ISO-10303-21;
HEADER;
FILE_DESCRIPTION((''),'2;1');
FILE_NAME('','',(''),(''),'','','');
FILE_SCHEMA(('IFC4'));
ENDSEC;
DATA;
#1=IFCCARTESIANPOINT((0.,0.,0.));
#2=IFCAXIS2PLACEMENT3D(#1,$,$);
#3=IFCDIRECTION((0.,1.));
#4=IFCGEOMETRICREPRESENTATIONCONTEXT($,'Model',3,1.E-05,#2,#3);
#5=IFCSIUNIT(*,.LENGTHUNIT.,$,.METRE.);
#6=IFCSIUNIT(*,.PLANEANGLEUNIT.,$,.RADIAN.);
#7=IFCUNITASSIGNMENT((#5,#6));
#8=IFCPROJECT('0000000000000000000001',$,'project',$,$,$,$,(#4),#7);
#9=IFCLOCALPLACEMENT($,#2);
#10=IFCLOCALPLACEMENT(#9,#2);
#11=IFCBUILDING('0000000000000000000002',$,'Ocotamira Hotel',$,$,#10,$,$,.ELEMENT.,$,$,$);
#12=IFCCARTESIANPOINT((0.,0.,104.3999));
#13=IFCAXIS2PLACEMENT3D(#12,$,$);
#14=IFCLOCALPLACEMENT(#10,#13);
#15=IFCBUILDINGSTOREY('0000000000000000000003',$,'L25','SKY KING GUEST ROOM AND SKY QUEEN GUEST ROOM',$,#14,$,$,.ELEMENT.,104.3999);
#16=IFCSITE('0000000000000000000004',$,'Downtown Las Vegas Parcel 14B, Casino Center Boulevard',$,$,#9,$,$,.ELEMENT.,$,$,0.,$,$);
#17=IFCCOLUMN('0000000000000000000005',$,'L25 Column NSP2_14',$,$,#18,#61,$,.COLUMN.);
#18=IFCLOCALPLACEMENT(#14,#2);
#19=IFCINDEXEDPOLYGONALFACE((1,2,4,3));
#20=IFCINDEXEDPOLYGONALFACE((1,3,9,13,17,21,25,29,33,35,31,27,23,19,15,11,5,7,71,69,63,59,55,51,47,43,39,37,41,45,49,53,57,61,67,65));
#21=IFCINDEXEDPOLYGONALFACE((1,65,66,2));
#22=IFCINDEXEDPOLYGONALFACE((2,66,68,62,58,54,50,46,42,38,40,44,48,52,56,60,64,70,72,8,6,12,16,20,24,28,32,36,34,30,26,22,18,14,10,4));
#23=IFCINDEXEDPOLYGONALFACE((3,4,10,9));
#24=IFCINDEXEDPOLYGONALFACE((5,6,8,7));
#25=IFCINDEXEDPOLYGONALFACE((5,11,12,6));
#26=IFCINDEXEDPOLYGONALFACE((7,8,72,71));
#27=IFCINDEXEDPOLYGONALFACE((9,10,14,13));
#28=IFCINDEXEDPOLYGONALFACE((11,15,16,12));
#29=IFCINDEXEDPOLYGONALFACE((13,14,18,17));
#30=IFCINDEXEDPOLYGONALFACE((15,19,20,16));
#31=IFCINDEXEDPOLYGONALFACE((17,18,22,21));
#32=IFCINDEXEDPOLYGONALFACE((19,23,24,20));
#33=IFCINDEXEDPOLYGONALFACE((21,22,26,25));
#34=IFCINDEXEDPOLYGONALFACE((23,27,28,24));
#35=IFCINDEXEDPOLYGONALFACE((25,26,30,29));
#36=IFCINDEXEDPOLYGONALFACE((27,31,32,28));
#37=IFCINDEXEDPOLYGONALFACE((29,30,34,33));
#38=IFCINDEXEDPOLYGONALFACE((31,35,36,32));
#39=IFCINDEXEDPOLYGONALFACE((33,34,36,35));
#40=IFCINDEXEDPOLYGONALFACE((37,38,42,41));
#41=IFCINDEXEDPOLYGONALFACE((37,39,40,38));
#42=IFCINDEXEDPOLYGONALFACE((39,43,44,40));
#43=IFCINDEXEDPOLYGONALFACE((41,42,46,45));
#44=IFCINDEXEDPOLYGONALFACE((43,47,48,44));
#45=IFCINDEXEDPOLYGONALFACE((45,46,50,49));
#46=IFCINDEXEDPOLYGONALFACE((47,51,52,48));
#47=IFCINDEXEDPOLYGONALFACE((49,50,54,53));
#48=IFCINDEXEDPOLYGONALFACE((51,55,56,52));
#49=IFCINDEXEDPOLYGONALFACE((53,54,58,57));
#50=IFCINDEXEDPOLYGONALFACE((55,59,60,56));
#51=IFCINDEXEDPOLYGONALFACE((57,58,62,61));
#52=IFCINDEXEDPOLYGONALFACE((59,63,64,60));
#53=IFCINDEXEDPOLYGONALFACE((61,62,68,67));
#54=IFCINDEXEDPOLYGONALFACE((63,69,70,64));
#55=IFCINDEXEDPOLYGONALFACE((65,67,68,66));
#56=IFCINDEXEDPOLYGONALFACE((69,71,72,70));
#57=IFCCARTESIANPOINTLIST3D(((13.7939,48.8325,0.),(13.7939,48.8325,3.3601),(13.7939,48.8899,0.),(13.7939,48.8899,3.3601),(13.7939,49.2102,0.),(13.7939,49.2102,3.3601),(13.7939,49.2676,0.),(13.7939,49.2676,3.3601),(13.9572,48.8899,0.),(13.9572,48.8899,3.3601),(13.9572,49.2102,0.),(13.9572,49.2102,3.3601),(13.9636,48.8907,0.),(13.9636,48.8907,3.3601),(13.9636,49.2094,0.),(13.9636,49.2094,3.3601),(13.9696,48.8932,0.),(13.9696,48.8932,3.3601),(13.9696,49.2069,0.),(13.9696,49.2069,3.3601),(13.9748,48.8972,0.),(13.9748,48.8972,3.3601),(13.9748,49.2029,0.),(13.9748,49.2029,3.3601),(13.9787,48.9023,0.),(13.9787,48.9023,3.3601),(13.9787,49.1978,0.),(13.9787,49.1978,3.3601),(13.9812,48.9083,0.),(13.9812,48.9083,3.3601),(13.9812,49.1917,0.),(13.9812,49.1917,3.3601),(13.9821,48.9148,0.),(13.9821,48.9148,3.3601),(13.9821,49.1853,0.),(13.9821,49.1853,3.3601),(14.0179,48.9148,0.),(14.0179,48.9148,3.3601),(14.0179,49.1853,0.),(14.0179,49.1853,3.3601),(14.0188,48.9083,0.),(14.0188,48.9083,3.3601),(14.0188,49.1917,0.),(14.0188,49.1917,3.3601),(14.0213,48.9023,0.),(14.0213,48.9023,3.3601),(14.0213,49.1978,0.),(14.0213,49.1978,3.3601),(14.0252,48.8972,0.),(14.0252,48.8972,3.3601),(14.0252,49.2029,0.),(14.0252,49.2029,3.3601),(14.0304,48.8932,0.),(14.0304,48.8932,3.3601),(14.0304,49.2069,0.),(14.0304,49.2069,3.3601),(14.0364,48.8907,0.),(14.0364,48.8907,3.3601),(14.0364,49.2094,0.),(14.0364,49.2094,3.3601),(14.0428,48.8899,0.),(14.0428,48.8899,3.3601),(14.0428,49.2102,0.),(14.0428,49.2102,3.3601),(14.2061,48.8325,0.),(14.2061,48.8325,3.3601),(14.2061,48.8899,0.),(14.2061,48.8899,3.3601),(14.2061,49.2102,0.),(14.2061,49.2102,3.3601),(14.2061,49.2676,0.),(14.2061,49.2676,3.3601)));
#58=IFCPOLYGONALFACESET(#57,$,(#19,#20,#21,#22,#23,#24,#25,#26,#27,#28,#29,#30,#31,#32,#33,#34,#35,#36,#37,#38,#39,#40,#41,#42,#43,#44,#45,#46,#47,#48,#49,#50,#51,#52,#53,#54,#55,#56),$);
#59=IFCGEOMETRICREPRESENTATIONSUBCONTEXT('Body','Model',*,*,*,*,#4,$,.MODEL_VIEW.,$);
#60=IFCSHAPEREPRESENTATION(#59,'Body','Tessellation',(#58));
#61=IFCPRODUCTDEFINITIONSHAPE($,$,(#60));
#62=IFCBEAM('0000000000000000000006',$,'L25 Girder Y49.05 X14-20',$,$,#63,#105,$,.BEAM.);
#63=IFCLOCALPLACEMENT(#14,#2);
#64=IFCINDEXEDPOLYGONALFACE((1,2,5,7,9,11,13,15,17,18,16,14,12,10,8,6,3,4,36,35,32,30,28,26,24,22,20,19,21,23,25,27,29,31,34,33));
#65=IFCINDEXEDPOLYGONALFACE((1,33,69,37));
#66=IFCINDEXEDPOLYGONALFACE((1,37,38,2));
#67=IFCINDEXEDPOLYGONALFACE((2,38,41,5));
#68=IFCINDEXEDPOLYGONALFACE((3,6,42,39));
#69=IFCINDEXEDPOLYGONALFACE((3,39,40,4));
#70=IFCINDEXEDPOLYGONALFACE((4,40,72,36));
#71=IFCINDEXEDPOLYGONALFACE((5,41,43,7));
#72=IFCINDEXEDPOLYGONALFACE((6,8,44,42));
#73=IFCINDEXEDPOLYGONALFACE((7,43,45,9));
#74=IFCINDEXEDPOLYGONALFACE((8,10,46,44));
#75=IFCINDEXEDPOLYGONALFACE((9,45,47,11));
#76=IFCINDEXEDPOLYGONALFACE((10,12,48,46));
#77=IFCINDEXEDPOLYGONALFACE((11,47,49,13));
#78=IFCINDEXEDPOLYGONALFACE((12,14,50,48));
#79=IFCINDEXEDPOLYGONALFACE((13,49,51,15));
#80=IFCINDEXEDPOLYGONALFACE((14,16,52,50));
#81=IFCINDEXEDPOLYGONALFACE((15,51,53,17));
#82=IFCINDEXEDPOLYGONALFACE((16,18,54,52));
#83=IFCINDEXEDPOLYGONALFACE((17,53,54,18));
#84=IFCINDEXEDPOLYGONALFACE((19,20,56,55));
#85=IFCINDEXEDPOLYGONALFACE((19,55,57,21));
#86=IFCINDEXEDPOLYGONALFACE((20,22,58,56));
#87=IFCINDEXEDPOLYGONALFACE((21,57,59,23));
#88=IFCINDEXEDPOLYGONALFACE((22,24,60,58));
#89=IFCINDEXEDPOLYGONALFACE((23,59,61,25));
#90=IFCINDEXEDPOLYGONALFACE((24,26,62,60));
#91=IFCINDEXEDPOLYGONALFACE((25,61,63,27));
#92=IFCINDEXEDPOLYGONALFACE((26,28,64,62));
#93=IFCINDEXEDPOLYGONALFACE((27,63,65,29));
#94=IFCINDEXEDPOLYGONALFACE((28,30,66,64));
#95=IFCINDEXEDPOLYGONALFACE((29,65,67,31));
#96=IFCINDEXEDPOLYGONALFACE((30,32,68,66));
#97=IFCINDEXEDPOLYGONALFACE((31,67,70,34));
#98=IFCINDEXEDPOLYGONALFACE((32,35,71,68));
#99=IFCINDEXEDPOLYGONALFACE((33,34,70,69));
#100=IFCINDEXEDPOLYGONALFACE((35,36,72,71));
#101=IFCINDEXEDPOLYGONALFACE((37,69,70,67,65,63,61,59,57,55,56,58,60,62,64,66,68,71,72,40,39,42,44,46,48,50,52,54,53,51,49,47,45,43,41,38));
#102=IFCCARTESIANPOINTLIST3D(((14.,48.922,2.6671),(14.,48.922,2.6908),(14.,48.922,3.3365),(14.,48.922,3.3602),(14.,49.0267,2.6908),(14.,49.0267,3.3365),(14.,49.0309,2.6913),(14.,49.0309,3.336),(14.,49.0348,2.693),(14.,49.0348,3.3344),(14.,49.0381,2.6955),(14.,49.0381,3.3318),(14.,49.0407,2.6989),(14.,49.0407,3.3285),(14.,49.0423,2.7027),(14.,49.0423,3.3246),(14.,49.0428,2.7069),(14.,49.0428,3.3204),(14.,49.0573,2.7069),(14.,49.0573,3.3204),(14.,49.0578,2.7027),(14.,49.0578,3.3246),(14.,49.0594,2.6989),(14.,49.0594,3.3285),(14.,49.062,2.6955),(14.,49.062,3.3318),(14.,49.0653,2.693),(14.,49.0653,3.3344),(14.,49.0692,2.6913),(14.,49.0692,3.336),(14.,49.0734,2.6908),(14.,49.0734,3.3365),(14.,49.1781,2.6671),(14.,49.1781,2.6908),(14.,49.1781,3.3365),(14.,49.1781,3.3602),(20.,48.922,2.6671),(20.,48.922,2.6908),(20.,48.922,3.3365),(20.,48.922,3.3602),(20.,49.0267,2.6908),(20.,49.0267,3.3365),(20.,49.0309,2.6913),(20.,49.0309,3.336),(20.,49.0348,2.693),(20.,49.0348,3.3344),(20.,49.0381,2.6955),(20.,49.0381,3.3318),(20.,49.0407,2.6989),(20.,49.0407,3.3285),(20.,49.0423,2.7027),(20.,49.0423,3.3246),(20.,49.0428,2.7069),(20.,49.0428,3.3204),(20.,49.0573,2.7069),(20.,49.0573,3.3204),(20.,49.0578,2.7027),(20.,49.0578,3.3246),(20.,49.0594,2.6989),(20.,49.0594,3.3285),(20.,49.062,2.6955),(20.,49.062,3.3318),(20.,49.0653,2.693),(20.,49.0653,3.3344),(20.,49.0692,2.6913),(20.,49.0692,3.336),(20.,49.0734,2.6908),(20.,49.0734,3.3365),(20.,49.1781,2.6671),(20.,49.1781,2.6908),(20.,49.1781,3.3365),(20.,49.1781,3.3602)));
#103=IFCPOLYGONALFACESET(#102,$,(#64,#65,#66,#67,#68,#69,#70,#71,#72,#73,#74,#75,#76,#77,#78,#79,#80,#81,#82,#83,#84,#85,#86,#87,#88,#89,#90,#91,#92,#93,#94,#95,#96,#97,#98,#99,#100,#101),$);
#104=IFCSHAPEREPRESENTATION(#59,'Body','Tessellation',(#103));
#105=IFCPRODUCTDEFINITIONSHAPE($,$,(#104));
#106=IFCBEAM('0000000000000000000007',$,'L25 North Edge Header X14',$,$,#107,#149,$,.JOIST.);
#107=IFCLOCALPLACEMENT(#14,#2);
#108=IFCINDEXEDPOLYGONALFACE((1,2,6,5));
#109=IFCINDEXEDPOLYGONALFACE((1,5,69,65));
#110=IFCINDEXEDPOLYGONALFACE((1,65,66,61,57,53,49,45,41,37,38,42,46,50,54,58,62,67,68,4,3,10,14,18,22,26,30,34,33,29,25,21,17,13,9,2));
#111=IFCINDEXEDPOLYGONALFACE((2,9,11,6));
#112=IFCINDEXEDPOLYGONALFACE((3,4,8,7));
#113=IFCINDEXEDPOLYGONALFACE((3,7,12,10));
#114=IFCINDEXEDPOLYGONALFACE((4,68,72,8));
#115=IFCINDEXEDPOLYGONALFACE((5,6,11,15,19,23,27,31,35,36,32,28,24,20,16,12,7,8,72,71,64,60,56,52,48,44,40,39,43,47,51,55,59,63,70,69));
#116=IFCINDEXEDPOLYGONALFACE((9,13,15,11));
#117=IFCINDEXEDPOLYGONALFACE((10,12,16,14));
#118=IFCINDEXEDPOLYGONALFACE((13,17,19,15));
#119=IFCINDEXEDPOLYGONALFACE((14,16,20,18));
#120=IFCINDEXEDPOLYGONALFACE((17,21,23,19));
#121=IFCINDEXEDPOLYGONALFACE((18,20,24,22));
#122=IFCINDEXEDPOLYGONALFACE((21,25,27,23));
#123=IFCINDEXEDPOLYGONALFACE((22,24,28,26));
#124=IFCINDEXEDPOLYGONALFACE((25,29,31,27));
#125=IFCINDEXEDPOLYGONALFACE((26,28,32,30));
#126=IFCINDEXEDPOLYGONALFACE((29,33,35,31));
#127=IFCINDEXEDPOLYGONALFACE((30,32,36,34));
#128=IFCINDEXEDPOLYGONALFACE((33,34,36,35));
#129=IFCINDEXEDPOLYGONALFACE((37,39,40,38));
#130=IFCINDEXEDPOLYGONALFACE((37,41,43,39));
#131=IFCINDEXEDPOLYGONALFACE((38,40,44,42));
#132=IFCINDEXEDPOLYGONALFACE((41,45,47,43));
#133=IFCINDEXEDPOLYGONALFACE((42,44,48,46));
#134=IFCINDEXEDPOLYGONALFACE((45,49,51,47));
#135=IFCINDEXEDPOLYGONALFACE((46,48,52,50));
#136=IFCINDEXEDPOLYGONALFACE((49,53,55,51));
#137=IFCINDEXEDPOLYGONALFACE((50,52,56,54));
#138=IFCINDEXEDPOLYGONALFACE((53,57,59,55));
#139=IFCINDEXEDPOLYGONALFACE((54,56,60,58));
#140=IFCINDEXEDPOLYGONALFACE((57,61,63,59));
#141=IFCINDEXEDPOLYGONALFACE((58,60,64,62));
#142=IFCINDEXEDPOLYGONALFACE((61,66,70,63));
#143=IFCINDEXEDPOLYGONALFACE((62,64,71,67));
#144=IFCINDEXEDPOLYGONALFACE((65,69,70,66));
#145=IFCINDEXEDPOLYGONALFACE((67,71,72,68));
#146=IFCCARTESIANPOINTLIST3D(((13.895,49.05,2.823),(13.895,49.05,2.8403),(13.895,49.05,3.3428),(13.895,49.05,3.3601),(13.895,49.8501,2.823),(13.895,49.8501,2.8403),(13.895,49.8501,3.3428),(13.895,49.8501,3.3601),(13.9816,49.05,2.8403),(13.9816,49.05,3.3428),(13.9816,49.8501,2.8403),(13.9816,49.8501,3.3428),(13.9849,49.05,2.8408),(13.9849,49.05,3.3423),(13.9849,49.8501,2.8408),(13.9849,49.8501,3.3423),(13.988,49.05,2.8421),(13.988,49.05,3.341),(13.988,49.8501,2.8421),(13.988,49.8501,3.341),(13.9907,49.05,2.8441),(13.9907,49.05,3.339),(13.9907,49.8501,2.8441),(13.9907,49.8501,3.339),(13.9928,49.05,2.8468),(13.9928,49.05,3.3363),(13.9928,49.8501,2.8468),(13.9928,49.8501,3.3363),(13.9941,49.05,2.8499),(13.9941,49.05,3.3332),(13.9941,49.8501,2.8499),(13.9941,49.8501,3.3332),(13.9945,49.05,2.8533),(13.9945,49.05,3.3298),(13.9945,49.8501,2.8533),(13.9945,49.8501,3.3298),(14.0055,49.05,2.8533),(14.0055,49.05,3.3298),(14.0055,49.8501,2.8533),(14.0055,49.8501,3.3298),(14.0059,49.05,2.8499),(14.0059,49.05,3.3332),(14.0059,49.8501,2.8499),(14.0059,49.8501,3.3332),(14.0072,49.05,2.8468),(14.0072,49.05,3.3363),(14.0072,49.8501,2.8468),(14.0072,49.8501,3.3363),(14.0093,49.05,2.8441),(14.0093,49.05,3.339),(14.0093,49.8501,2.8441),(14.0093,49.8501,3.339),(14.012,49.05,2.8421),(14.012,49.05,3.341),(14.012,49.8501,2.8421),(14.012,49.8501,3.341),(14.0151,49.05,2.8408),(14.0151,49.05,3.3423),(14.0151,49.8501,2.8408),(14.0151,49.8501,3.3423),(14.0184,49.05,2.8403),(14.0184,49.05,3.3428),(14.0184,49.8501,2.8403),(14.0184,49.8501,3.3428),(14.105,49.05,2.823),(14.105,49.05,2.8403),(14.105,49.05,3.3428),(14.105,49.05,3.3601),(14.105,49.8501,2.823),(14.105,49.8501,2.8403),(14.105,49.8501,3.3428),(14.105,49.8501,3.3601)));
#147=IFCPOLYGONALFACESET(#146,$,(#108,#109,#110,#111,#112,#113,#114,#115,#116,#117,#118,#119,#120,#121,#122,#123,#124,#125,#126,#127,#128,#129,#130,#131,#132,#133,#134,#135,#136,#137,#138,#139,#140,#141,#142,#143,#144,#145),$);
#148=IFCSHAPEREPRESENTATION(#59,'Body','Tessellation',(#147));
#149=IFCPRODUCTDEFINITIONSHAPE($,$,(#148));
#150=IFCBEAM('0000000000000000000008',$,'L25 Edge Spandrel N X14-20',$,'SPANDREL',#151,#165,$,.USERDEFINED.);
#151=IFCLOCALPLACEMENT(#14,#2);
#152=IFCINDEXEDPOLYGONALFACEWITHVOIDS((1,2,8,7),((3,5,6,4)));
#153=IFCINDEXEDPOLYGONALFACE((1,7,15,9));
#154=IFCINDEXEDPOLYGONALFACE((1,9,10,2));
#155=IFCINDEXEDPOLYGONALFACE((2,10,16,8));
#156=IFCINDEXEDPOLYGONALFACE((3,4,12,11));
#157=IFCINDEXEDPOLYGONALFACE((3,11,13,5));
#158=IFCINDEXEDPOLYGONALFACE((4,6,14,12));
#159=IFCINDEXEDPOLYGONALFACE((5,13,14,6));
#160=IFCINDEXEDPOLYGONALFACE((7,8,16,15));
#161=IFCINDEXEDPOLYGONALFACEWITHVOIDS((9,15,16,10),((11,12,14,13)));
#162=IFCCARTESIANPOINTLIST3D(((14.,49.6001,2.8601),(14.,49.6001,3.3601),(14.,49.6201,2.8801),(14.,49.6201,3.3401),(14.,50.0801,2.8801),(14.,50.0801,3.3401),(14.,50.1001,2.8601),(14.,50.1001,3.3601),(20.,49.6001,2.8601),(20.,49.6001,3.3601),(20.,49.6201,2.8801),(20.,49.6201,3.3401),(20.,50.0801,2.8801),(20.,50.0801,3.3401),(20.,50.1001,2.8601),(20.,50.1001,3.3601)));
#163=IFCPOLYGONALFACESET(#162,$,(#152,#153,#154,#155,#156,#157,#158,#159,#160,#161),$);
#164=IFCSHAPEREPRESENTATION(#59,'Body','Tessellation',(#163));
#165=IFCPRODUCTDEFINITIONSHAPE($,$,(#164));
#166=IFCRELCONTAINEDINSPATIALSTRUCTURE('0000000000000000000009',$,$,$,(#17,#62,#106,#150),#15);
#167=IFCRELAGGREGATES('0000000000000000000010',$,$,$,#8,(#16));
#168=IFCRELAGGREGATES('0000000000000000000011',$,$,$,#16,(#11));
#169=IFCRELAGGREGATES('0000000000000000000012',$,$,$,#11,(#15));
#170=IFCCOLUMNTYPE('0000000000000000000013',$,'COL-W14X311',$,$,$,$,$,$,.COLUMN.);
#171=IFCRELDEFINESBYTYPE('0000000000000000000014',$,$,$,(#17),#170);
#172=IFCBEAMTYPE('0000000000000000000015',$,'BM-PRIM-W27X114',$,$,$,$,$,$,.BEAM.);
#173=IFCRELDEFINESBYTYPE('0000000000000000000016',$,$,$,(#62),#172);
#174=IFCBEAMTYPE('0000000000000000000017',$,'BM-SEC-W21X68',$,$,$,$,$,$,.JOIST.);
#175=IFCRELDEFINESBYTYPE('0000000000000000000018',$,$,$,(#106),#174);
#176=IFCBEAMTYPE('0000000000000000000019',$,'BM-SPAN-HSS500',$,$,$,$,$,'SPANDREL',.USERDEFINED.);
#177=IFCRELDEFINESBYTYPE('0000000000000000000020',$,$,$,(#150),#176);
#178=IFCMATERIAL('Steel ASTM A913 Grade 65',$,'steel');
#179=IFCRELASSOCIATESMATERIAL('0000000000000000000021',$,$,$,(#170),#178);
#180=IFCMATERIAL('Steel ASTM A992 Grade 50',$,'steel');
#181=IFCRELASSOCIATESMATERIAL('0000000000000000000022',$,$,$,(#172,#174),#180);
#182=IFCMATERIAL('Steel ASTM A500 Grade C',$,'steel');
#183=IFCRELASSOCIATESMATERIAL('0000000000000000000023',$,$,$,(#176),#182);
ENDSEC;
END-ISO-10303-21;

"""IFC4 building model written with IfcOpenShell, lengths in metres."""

from ifc_helpers import new_model, si_unit, direction, frame, origin, origin_2d, place, context, subcontext, project, spatial, hollow_rectangle, i_section, extrude, source, transform, mapped, material, material_profile, profile_set, type_object, element, save


model = new_model("IFC4")

# Units and contexts
model_context = context("Model", 3, precision=1e-05, world=origin(), true_north=direction((0.0, 1.0)))
body_context = subcontext(model_context, "Body", "Model", "MODEL_VIEW")
ifc_project = project(units=[si_unit("LENGTHUNIT", "METRE"), si_unit("PLANEANGLEUNIT", "RADIAN")], contexts=[model_context])

# Site, building, storey
site_placement = place(None, origin())
site = spatial("IfcSite", under=ifc_project, at=site_placement, Name="Downtown Las Vegas Parcel 14B, Casino Center Boulevard", CompositionType="ELEMENT", RefElevation=0.0)
building_placement = place(site_placement, origin())
building = spatial("IfcBuilding", under=site, at=building_placement, Name="Ocotamira Hotel", CompositionType="ELEMENT")
storey_placement = place(building_placement, frame((0.0, 0.0, 104.3999)))
storey = spatial("IfcBuildingStorey", under=building, at=storey_placement, Name="L25", Description="SKY KING GUEST ROOM AND SKY QUEEN GUEST ROOM", CompositionType="ELEMENT", Elevation=104.3999)

# Column
ifc_material_1 = material(Name="Steel ASTM A913 Grade 65", Category="steel")
ifc_material_profile_1 = material_profile(ifc_material_1, i_section(OverallWidth=0.4121, OverallDepth=0.4351, WebThickness=0.0359, FlangeThickness=0.0574, FilletRadius=0.0249, at=origin_2d()), Name="W14X311")
ifc_profile_set_1 = profile_set([ifc_material_profile_1], Name="Steel ASTM A913 Grade 65")
column_type = type_object("IfcColumnType", Name="COL-W14X311", PredefinedType="COLUMN", material=ifc_profile_set_1)
shared_shape_1 = source(origin(), body_context, "Body", "SweptSolid", [
    extrude(i_section(OverallWidth=0.4121, OverallDepth=0.4351, WebThickness=0.0359, FlangeThickness=0.0574, FilletRadius=0.0249, at=origin_2d()), origin(), (0.0, 0.0, 1.0), 3.3601),
])
column_placement = place(storey_placement, frame((14.0, 49.05, 0.0), z_axis=(0.0, 0.0, 1.0), x_axis=(1.0, 0.0, 0.0)))
element("IfcColumn", 1, at=column_placement, inside=storey, type_object=column_type, Name="L25 Column NSP2_14", PredefinedType="COLUMN", context=body_context, shape_type="MappedRepresentation", body=[
    mapped(shared_shape_1, transform((0.0, 0.0, 0.0), scale=1.0)),
])

# Beams
ifc_material_2 = material(Name="Steel ASTM A992 Grade 50", Category="steel")
ifc_material_profile_2 = material_profile(ifc_material_2, i_section(OverallWidth=0.2561, OverallDepth=0.6931, WebThickness=0.0144, FlangeThickness=0.0237, FilletRadius=0.0161, at=origin_2d()), Name="W27X114")
ifc_profile_set_2 = profile_set([ifc_material_profile_2], Name="Steel ASTM A992 Grade 50")
beam_type_1 = type_object("IfcBeamType", Name="BM-PRIM-W27X114", PredefinedType="BEAM", material=ifc_profile_set_2)
shared_shape_2 = source(origin(), body_context, "Body", "SweptSolid", [
    extrude(i_section(OverallWidth=0.2561, OverallDepth=0.6931, WebThickness=0.0144, FlangeThickness=0.0237, FilletRadius=0.0161, at=origin_2d()), origin(), (0.0, 0.0, 1.0), 6.0),
])
beam_1_placement = place(storey_placement, frame((14.0, 49.05, 3.0137), z_axis=(1.0, 0.0, 0.0), x_axis=(0.0, 1.0, 0.0)))
element("IfcBeam", 2, at=beam_1_placement, inside=storey, type_object=beam_type_1, Name="L25 Girder Y49.05 X14-20", PredefinedType="BEAM", context=body_context, shape_type="MappedRepresentation", body=[
    mapped(shared_shape_2, transform((0.0, 0.0, 0.0), scale=1.0)),
])
ifc_material_profile_3 = material_profile(ifc_material_2, i_section(OverallWidth=0.21, OverallDepth=0.5371, WebThickness=0.011, FlangeThickness=0.0173, FilletRadius=0.0129, at=origin_2d()), Name="W21X68")
ifc_profile_set_3 = profile_set([ifc_material_profile_3], Name="Steel ASTM A992 Grade 50")
beam_type_2 = type_object("IfcBeamType", Name="BM-SEC-W21X68", PredefinedType="JOIST", material=ifc_profile_set_3)
shared_shape_3 = source(origin(), body_context, "Body", "SweptSolid", [
    extrude(i_section(OverallWidth=0.21, OverallDepth=0.5371, WebThickness=0.011, FlangeThickness=0.0173, FilletRadius=0.0129, at=origin_2d()), origin(), (0.0, 0.0, 1.0), 0.8),
])
beam_2_placement = place(storey_placement, frame((14.0, 49.05, 3.0916), z_axis=(0.0, 1.0, 0.0), x_axis=(-1.0, 0.0, 0.0)))
element("IfcBeam", 3, at=beam_2_placement, inside=storey, type_object=beam_type_2, Name="L25 North Edge Header X14", PredefinedType="JOIST", context=body_context, shape_type="MappedRepresentation", body=[
    mapped(shared_shape_3, transform((0.0, 0.0, 0.0), scale=1.0)),
])
ifc_material_3 = material(Name="Steel ASTM A500 Grade C", Category="steel")
ifc_material_profile_4 = material_profile(ifc_material_3, hollow_rectangle(XDim=0.5, YDim=0.5, WallThickness=0.02, at=origin_2d()), Name="HSS500X500X20")
ifc_profile_set_4 = profile_set([ifc_material_profile_4], Name="Steel ASTM A500 Grade C")
beam_type_3 = type_object("IfcBeamType", Name="BM-SPAN-HSS500", ElementType="SPANDREL", PredefinedType="USERDEFINED", material=ifc_profile_set_4)
shared_shape_4 = source(origin(), body_context, "Body", "SweptSolid", [
    extrude(hollow_rectangle(XDim=0.5, YDim=0.5, WallThickness=0.02, at=origin_2d()), origin(), (0.0, 0.0, 1.0), 6.0),
])
beam_3_placement = place(storey_placement, frame((14.0, 49.8501, 3.1101), z_axis=(1.0, 0.0, 0.0), x_axis=(0.0, 1.0, 0.0)))
element("IfcBeam", 4, at=beam_3_placement, inside=storey, type_object=beam_type_3, Name="L25 Edge Spandrel N X14-20", ObjectType="SPANDREL", PredefinedType="USERDEFINED", context=body_context, shape_type="MappedRepresentation", body=[
    mapped(shared_shape_4, transform((0.0, 0.0, 0.0), scale=1.0)),
])

save(model, "model.ifc")
